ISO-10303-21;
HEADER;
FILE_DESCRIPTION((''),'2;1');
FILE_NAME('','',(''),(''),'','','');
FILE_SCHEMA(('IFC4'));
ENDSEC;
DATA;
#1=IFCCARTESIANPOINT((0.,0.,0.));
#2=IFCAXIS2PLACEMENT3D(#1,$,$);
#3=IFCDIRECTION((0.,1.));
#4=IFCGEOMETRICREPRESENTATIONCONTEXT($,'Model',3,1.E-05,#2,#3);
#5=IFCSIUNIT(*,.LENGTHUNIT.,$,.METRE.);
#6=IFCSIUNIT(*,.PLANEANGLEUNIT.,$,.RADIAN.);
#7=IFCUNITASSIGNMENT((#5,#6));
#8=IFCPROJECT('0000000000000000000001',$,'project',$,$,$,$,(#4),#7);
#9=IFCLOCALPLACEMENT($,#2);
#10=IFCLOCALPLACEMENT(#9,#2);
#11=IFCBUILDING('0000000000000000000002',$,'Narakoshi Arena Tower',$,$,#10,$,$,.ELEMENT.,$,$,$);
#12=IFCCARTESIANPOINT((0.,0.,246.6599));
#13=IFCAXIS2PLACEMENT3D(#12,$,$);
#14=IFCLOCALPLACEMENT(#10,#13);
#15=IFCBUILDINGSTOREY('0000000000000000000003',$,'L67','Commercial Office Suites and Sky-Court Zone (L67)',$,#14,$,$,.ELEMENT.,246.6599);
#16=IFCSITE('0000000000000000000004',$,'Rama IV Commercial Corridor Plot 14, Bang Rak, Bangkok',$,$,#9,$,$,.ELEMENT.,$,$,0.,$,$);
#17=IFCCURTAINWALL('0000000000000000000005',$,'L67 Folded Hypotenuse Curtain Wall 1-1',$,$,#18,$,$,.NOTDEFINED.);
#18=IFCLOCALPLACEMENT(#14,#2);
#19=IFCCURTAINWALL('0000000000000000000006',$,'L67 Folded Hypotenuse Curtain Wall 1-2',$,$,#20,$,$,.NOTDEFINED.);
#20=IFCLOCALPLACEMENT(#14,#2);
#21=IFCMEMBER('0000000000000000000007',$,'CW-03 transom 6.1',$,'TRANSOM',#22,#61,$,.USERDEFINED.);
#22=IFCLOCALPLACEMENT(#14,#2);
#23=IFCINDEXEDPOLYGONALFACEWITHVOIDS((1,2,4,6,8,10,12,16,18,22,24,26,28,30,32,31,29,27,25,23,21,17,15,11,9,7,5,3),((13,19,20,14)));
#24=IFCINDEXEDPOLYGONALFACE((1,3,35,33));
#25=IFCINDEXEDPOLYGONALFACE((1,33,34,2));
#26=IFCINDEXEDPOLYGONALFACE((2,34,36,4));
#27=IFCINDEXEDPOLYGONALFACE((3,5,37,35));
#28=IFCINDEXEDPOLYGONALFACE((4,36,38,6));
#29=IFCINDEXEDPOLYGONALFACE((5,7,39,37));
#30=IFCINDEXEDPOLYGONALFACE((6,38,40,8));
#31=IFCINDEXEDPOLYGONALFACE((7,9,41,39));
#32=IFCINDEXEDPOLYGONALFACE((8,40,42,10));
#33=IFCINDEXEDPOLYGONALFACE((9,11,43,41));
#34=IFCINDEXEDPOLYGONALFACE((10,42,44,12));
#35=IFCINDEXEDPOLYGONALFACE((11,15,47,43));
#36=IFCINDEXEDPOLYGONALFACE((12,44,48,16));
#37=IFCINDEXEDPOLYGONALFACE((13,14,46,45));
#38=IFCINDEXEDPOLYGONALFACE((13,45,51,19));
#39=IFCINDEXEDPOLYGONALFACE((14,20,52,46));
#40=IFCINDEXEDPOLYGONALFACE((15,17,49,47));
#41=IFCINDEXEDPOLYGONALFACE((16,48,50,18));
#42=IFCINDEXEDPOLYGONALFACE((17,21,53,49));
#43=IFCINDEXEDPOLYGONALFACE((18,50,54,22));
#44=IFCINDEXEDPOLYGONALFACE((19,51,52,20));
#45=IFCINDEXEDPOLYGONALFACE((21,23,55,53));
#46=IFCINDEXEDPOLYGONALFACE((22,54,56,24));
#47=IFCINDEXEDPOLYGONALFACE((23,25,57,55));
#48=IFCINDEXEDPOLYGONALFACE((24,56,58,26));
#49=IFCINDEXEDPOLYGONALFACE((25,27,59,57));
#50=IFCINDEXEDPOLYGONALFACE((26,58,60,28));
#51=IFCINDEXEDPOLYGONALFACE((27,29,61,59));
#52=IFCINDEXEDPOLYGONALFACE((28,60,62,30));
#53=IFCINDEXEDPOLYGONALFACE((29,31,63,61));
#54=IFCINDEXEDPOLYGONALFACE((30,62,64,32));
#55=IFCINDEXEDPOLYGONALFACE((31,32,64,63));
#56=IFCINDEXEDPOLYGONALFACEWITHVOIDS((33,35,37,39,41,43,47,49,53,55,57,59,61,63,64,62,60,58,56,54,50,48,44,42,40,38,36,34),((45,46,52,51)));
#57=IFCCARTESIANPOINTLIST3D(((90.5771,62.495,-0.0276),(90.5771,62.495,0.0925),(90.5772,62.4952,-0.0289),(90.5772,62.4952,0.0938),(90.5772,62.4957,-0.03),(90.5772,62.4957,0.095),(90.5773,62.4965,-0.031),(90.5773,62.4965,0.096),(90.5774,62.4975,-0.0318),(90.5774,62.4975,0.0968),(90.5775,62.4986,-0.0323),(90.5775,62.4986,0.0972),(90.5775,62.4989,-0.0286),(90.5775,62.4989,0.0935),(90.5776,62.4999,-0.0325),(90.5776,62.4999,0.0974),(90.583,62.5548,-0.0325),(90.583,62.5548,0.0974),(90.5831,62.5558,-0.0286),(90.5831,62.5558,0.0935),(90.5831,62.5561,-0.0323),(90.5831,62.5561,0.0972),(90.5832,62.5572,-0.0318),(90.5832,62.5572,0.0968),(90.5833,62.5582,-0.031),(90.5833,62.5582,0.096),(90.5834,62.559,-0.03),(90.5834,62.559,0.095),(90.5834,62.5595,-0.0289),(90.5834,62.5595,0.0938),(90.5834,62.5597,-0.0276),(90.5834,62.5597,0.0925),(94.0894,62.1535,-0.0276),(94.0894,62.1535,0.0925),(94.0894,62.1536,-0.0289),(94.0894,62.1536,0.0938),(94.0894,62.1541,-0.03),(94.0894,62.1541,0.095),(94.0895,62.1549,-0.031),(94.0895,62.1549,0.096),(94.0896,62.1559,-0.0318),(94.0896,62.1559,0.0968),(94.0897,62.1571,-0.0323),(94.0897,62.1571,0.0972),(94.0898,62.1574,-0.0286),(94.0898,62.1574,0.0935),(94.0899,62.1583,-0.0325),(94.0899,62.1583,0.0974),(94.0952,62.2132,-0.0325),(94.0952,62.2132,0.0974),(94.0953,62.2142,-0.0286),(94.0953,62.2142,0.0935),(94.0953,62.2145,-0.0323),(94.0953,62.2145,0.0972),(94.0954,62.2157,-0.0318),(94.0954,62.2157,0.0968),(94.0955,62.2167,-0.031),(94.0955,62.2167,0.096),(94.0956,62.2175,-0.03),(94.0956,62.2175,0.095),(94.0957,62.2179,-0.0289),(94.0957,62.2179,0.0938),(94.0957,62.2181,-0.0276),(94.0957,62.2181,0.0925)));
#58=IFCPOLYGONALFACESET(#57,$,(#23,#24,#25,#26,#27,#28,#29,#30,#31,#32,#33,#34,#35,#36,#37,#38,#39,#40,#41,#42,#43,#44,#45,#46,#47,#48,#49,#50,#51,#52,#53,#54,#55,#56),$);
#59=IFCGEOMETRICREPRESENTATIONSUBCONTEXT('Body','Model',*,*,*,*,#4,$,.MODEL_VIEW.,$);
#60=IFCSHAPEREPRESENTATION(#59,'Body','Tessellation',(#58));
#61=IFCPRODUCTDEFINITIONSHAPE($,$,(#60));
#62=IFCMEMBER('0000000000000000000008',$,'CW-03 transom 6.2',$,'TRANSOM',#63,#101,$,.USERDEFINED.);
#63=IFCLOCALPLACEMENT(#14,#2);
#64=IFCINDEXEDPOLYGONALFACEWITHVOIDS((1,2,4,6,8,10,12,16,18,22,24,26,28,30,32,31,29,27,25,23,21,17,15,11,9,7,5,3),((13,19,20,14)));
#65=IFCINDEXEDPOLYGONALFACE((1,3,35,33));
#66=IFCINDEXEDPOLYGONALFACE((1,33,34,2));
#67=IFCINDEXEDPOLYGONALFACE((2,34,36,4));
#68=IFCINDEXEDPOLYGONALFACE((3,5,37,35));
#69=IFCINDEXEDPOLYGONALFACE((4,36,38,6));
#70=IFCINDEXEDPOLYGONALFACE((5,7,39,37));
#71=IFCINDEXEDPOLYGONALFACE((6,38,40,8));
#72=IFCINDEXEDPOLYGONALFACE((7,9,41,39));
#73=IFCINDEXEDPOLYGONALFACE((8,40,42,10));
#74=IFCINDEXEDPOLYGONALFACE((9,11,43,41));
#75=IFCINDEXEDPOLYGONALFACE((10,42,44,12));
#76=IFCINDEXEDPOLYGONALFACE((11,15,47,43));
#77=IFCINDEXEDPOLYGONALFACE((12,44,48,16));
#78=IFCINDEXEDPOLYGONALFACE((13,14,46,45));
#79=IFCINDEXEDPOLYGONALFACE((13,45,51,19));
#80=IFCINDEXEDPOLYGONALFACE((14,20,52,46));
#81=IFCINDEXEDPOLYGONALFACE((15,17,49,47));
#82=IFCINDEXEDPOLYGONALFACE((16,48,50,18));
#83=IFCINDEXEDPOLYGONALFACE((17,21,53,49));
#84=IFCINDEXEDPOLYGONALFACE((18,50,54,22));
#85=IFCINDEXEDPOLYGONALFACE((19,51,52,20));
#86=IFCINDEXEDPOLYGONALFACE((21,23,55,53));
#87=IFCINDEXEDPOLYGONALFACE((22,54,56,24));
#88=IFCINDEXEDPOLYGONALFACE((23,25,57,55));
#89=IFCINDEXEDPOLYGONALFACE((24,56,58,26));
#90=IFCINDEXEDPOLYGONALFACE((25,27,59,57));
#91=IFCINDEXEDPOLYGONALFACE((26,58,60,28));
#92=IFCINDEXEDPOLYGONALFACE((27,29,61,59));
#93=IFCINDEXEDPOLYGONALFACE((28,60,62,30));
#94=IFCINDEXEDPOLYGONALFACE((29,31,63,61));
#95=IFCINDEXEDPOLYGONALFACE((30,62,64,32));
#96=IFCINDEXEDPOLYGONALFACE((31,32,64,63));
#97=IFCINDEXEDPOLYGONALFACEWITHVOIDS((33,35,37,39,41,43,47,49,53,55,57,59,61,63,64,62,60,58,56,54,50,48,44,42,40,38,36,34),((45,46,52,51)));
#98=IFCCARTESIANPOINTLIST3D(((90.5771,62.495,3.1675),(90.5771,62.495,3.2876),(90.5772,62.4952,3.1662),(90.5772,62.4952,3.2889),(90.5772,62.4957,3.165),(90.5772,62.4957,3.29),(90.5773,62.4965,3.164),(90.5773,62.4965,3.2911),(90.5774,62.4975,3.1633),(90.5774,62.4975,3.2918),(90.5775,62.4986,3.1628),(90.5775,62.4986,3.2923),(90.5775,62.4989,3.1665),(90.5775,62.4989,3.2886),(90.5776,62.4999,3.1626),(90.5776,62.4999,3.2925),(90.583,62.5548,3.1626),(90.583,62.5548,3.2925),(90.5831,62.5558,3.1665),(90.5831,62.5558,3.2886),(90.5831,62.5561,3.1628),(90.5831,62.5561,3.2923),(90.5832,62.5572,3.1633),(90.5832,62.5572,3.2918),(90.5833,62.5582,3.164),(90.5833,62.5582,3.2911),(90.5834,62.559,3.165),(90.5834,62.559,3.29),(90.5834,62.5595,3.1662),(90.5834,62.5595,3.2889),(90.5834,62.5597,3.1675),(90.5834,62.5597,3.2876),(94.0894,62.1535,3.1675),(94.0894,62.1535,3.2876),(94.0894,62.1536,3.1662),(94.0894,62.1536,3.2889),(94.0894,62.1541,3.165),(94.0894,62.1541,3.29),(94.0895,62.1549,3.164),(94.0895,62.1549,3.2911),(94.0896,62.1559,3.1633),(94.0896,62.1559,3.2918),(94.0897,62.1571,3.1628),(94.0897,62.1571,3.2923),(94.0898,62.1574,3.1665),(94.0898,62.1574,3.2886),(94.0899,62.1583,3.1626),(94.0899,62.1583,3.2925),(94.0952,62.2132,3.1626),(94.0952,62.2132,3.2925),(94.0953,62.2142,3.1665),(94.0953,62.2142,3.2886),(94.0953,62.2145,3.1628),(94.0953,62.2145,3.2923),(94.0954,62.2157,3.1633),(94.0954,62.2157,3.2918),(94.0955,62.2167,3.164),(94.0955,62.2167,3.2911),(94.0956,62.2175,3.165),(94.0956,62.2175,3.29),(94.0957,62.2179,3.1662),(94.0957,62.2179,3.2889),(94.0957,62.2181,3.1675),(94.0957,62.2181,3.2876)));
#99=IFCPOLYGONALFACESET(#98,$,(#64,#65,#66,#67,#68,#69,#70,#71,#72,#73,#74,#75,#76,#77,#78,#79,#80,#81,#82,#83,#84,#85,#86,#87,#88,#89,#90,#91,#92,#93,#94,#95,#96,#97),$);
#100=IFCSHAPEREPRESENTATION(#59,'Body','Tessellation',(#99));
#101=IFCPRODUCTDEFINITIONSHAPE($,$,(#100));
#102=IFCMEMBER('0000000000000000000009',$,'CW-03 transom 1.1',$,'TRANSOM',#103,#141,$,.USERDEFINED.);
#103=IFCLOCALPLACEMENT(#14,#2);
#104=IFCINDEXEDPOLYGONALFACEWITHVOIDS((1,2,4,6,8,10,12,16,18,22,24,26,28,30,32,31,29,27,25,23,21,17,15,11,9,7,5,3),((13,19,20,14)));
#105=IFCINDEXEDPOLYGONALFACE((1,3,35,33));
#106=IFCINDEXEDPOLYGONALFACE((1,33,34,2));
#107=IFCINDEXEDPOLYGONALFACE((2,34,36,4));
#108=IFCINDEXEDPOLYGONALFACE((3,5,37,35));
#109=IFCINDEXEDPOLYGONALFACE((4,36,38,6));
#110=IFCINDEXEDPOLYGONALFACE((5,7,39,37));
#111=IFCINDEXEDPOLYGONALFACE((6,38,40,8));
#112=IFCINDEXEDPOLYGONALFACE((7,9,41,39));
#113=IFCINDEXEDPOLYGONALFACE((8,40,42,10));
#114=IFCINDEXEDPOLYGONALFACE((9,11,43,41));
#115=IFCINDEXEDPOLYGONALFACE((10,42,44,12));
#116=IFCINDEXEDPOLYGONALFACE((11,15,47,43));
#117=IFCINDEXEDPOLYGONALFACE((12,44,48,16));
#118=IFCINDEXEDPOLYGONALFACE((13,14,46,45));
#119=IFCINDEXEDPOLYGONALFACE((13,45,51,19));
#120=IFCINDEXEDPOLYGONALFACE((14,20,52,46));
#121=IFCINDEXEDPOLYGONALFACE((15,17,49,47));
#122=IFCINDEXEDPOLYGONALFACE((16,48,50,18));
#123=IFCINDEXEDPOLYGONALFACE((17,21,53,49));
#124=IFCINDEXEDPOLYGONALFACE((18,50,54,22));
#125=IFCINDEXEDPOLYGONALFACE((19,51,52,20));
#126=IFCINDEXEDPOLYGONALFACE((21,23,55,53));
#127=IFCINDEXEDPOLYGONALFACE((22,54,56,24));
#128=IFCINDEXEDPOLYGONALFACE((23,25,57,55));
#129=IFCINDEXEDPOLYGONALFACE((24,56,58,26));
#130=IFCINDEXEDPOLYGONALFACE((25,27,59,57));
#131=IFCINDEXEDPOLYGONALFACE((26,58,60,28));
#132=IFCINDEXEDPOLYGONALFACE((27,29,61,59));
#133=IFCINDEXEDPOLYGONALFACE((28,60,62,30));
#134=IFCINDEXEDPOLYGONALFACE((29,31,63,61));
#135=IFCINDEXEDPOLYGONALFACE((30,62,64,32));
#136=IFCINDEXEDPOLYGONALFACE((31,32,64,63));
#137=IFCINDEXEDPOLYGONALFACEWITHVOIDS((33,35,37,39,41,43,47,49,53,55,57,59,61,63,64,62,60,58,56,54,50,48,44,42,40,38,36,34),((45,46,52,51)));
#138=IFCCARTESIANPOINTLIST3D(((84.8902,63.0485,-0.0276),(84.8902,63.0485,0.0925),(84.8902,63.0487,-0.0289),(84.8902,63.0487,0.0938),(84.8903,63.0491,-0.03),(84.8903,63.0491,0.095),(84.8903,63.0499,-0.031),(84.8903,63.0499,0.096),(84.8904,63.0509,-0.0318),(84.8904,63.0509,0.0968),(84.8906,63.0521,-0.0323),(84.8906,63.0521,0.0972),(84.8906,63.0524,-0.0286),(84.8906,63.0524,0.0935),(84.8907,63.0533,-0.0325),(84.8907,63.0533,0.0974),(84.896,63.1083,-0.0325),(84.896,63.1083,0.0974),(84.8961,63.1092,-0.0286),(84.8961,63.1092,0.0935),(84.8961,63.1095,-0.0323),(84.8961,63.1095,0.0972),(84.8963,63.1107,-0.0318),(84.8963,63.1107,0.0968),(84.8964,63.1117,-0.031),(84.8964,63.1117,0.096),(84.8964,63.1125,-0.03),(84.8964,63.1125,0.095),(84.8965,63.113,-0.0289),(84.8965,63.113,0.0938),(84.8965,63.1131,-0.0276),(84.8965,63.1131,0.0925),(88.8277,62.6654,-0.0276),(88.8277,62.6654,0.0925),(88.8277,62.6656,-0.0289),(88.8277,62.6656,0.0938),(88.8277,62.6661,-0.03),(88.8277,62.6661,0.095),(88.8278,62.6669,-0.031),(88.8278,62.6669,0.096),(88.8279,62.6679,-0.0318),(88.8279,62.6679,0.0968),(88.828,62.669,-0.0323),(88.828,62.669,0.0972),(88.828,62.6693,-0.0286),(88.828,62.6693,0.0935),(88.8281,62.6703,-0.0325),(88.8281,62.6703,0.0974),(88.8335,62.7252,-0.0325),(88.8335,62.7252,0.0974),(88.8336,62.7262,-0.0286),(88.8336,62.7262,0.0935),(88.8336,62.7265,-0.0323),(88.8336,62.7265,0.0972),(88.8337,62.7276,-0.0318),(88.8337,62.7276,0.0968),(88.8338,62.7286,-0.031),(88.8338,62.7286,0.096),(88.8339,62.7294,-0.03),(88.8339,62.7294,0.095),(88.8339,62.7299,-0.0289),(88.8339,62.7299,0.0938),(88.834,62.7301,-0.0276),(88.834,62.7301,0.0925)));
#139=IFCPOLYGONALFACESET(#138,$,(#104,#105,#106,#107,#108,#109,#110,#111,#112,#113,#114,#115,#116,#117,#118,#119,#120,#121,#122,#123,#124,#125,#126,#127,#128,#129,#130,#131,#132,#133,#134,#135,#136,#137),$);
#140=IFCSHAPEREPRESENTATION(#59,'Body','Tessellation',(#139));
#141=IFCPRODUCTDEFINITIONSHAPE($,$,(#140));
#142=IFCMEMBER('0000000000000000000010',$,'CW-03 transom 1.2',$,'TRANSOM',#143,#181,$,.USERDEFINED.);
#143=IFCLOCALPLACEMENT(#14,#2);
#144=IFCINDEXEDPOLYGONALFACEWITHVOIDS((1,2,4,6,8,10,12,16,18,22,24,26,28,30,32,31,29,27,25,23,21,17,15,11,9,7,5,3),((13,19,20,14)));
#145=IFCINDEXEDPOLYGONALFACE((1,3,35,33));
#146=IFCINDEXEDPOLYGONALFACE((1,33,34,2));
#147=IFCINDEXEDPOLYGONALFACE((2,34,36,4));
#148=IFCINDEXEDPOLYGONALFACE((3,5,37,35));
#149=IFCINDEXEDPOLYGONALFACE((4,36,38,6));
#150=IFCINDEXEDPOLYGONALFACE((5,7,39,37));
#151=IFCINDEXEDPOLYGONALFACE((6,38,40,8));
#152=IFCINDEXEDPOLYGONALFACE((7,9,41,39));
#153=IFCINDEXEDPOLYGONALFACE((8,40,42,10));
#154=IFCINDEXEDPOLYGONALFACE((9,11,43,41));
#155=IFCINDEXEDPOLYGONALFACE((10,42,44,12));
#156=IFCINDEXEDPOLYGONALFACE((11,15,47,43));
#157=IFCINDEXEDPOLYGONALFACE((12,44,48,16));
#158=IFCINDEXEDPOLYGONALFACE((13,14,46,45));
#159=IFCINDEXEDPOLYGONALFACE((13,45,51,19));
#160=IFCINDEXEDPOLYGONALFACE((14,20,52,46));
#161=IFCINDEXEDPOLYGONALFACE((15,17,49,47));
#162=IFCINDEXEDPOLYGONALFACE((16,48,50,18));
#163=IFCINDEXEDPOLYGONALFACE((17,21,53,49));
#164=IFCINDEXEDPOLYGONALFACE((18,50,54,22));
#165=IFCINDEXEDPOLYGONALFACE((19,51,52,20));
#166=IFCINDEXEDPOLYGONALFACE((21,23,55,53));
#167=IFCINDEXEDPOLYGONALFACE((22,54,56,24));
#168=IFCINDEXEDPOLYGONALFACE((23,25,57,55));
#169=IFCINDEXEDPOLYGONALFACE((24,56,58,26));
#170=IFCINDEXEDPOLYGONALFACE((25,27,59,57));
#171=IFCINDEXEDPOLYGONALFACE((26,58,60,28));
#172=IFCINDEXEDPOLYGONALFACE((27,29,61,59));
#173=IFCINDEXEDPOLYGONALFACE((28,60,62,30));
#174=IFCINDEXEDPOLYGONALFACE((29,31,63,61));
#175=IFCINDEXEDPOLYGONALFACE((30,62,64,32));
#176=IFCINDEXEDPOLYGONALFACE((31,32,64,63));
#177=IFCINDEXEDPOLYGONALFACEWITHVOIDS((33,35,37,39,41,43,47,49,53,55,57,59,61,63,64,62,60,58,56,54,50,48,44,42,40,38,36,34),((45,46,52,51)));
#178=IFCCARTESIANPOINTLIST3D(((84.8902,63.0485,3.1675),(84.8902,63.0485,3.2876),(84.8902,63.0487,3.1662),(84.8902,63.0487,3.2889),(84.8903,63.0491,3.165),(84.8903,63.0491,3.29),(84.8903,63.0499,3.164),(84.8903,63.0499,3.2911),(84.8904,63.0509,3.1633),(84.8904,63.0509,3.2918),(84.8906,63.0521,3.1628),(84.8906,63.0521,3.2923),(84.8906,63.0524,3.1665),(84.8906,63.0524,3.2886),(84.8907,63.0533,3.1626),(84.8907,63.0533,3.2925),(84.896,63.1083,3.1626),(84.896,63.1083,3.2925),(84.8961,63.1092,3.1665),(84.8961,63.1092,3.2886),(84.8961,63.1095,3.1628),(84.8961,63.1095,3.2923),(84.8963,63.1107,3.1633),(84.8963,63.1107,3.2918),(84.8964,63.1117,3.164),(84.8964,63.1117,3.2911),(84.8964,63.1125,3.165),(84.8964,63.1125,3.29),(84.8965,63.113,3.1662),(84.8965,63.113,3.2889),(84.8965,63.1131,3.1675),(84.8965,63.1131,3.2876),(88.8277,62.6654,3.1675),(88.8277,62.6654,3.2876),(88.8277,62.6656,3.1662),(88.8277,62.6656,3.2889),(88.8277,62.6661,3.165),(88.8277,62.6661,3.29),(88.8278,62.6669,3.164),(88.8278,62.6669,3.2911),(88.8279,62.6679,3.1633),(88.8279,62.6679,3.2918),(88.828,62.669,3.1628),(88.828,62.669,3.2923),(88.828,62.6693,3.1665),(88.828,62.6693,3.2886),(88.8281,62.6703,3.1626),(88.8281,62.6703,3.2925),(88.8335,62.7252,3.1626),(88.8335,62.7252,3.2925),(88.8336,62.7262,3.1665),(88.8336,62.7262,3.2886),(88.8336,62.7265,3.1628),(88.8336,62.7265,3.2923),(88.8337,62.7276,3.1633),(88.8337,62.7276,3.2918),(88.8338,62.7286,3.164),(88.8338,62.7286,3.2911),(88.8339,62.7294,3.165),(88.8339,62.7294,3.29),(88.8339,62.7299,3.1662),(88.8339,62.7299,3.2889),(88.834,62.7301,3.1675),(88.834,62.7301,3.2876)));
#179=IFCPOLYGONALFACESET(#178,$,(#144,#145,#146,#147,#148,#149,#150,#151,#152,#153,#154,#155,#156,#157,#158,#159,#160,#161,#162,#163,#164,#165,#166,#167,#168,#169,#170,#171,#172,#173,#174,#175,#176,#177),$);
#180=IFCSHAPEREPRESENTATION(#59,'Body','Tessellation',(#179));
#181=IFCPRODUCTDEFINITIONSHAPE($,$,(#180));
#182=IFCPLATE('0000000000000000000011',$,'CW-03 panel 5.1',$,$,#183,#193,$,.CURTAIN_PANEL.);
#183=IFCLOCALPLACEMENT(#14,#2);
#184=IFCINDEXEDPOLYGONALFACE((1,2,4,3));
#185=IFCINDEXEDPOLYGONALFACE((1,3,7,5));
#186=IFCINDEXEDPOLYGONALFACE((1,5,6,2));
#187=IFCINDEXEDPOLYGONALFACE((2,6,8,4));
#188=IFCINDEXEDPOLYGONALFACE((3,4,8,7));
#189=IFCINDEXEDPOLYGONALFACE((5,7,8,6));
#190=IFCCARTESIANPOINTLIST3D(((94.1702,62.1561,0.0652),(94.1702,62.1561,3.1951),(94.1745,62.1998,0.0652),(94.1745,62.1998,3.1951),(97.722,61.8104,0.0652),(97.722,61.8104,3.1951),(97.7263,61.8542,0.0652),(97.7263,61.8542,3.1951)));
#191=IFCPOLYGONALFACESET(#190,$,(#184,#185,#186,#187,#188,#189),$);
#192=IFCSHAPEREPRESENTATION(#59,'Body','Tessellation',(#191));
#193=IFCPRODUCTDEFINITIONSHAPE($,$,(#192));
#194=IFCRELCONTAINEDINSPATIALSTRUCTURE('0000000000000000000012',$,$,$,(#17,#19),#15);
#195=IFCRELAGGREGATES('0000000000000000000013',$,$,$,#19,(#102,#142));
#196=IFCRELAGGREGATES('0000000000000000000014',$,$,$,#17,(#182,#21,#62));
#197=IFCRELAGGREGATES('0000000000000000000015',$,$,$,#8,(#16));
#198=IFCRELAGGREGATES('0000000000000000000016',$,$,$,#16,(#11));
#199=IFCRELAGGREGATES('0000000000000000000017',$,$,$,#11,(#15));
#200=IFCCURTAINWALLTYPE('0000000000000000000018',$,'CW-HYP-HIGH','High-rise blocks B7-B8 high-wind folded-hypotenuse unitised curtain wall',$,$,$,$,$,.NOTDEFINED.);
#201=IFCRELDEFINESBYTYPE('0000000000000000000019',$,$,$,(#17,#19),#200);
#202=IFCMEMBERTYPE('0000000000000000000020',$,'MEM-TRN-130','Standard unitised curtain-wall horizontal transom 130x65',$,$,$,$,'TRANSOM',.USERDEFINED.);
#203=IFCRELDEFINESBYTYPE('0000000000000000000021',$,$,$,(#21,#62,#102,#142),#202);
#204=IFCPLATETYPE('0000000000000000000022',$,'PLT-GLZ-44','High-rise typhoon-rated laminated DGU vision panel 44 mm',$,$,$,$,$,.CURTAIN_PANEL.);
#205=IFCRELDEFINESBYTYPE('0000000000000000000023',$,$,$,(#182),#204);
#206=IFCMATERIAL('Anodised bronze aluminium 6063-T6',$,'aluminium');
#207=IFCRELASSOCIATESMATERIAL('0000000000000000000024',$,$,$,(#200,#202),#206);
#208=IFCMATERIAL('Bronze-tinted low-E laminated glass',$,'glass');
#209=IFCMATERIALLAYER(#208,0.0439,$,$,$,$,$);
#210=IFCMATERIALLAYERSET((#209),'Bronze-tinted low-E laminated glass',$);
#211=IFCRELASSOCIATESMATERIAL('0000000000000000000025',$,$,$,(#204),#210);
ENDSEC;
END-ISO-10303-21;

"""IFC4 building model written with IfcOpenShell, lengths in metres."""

from ifc_helpers import new_model, si_unit, direction, frame, origin, origin_2d, place, context, subcontext, project, spatial, rectangle, hollow_rectangle, extrude, material, layer, layer_set, material_profile, profile_set, type_object, element, aggregate, save


model = new_model("IFC4")

# Units and contexts
model_context = context("Model", 3, precision=1e-05, world=origin(), true_north=direction((0.0, 1.0)))
body_context = subcontext(model_context, "Body", "Model", "MODEL_VIEW")
ifc_project = project(units=[si_unit("LENGTHUNIT", "METRE"), si_unit("PLANEANGLEUNIT", "RADIAN")], contexts=[model_context])

# Site, building, storey
site_placement = place(None, origin())
site = spatial("IfcSite", under=ifc_project, at=site_placement, Name="Rama IV Commercial Corridor Plot 14, Bang Rak, Bangkok", CompositionType="ELEMENT", RefElevation=0.0)
building_placement = place(site_placement, origin())
building = spatial("IfcBuilding", under=site, at=building_placement, Name="Narakoshi Arena Tower", CompositionType="ELEMENT")
storey_placement = place(building_placement, frame((0.0, 0.0, 246.6599)))
storey = spatial("IfcBuildingStorey", under=building, at=storey_placement, Name="L67", Description="Commercial Office Suites and Sky-Court Zone (L67)", CompositionType="ELEMENT", Elevation=246.6599)

# Curtain wall
ifc_material_1 = material(Name="Anodised bronze aluminium 6063-T6", Category="aluminium")
curtain_wall_type = type_object("IfcCurtainWallType", Name="CW-HYP-HIGH", Description="High-rise blocks B7-B8 high-wind folded-hypotenuse unitised curtain wall", PredefinedType="NOTDEFINED", material=ifc_material_1)
curtain_wall_1_placement = place(storey_placement, origin())
curtain_wall_1 = element("IfcCurtainWall", 1, at=curtain_wall_1_placement, inside=storey, type_object=curtain_wall_type, Name="L67 Folded Hypotenuse Curtain Wall 1-1", PredefinedType="NOTDEFINED")

# Curtain wall
curtain_wall_2_placement = place(storey_placement, origin())
curtain_wall_2 = element("IfcCurtainWall", 2, at=curtain_wall_2_placement, inside=storey, type_object=curtain_wall_type, Name="L67 Folded Hypotenuse Curtain Wall 1-2", PredefinedType="NOTDEFINED")

# Members
ifc_material_profile_1 = material_profile(ifc_material_1, hollow_rectangle(XDim=0.0649, YDim=0.1299, WallThickness=0.0039, OuterFilletRadius=0.0049, at=origin_2d()), Name="TRN130x65x4")
ifc_profile_set_1 = profile_set([ifc_material_profile_1], Name="Anodised bronze aluminium 6063-T6")
member_type_1 = type_object("IfcMemberType", Name="MEM-TRN-130", Description="Standard unitised curtain-wall horizontal transom 130x65", ElementType="TRANSOM", PredefinedType="USERDEFINED", material=ifc_profile_set_1)
member_1_placement = place(storey_placement, frame((94.0925, 62.1858, 0.0325), z_axis=(-0.995305, 0.096791, 0.0), x_axis=(-0.096791, -0.995305, 0.0)))
member_1 = element("IfcMember", 3, at=member_1_placement, type_object=member_type_1, Name="CW-03 transom 6.1", ObjectType="TRANSOM", PredefinedType="USERDEFINED", context=body_context, shape_type="SweptSolid", body=[
    extrude(hollow_rectangle(XDim=0.0649, YDim=0.1299, WallThickness=0.0039, OuterFilletRadius=0.0049, at=origin_2d()), origin(), (0.0, 0.0, 1.0), 3.5288),
])
member_2_placement = place(storey_placement, frame((94.0925, 62.1858, 3.2275), z_axis=(-0.995305, 0.096791, 0.0), x_axis=(-0.096791, -0.995305, 0.0)))
member_2 = element("IfcMember", 4, at=member_2_placement, type_object=member_type_1, Name="CW-03 transom 6.2", ObjectType="TRANSOM", PredefinedType="USERDEFINED", context=body_context, shape_type="SweptSolid", body=[
    extrude(hollow_rectangle(XDim=0.0649, YDim=0.1299, WallThickness=0.0039, OuterFilletRadius=0.0049, at=origin_2d()), origin(), (0.0, 0.0, 1.0), 3.5288),
])
member_3_placement = place(storey_placement, frame((88.8308, 62.6978, 0.0325), z_axis=(-0.995301, 0.096827, 0.0), x_axis=(-0.096827, -0.995301, 0.0)))
member_3 = element("IfcMember", 5, at=member_3_placement, type_object=member_type_1, Name="CW-03 transom 1.1", ObjectType="TRANSOM", PredefinedType="USERDEFINED", context=body_context, shape_type="SweptSolid", body=[
    extrude(hollow_rectangle(XDim=0.0649, YDim=0.1299, WallThickness=0.0039, OuterFilletRadius=0.0049, at=origin_2d()), origin(), (0.0, 0.0, 1.0), 3.9561),
])
member_4_placement = place(storey_placement, frame((88.8308, 62.6978, 3.2275), z_axis=(-0.995301, 0.096827, 0.0), x_axis=(-0.096827, -0.995301, 0.0)))
member_4 = element("IfcMember", 6, at=member_4_placement, type_object=member_type_1, Name="CW-03 transom 1.2", ObjectType="TRANSOM", PredefinedType="USERDEFINED", context=body_context, shape_type="SweptSolid", body=[
    extrude(hollow_rectangle(XDim=0.0649, YDim=0.1299, WallThickness=0.0039, OuterFilletRadius=0.0049, at=origin_2d()), origin(), (0.0, 0.0, 1.0), 3.9561),
])
aggregate(curtain_wall_2, [member_3, member_4])

# Plate
ifc_material_2 = material(Name="Bronze-tinted low-E laminated glass", Category="glass")
ifc_layer_1 = layer(ifc_material_2, 0.0439)
ifc_layer_set_1 = layer_set([ifc_layer_1], Name="Bronze-tinted low-E laminated glass")
plate_type = type_object("IfcPlateType", Name="PLT-GLZ-44", Description="High-rise typhoon-rated laminated DGU vision panel 44 mm", PredefinedType="CURTAIN_PANEL", material=ifc_layer_set_1)
plate_1_placement = place(storey_placement, frame((95.9482, 62.0051, 0.0652), z_axis=(0.0, 0.0, 1.0), x_axis=(-0.995299, 0.096851, 0.0)))
plate_1 = element("IfcPlate", 7, at=plate_1_placement, type_object=plate_type, Name="CW-03 panel 5.1", PredefinedType="CURTAIN_PANEL", context=body_context, shape_type="SweptSolid", body=[
    extrude(rectangle(XDim=3.5686, YDim=0.0439, at=origin_2d()), origin(), (0.0, 0.0, 1.0), 3.1299),
])
aggregate(curtain_wall_1, [plate_1, member_1, member_2])

save(model, "model.ifc")
